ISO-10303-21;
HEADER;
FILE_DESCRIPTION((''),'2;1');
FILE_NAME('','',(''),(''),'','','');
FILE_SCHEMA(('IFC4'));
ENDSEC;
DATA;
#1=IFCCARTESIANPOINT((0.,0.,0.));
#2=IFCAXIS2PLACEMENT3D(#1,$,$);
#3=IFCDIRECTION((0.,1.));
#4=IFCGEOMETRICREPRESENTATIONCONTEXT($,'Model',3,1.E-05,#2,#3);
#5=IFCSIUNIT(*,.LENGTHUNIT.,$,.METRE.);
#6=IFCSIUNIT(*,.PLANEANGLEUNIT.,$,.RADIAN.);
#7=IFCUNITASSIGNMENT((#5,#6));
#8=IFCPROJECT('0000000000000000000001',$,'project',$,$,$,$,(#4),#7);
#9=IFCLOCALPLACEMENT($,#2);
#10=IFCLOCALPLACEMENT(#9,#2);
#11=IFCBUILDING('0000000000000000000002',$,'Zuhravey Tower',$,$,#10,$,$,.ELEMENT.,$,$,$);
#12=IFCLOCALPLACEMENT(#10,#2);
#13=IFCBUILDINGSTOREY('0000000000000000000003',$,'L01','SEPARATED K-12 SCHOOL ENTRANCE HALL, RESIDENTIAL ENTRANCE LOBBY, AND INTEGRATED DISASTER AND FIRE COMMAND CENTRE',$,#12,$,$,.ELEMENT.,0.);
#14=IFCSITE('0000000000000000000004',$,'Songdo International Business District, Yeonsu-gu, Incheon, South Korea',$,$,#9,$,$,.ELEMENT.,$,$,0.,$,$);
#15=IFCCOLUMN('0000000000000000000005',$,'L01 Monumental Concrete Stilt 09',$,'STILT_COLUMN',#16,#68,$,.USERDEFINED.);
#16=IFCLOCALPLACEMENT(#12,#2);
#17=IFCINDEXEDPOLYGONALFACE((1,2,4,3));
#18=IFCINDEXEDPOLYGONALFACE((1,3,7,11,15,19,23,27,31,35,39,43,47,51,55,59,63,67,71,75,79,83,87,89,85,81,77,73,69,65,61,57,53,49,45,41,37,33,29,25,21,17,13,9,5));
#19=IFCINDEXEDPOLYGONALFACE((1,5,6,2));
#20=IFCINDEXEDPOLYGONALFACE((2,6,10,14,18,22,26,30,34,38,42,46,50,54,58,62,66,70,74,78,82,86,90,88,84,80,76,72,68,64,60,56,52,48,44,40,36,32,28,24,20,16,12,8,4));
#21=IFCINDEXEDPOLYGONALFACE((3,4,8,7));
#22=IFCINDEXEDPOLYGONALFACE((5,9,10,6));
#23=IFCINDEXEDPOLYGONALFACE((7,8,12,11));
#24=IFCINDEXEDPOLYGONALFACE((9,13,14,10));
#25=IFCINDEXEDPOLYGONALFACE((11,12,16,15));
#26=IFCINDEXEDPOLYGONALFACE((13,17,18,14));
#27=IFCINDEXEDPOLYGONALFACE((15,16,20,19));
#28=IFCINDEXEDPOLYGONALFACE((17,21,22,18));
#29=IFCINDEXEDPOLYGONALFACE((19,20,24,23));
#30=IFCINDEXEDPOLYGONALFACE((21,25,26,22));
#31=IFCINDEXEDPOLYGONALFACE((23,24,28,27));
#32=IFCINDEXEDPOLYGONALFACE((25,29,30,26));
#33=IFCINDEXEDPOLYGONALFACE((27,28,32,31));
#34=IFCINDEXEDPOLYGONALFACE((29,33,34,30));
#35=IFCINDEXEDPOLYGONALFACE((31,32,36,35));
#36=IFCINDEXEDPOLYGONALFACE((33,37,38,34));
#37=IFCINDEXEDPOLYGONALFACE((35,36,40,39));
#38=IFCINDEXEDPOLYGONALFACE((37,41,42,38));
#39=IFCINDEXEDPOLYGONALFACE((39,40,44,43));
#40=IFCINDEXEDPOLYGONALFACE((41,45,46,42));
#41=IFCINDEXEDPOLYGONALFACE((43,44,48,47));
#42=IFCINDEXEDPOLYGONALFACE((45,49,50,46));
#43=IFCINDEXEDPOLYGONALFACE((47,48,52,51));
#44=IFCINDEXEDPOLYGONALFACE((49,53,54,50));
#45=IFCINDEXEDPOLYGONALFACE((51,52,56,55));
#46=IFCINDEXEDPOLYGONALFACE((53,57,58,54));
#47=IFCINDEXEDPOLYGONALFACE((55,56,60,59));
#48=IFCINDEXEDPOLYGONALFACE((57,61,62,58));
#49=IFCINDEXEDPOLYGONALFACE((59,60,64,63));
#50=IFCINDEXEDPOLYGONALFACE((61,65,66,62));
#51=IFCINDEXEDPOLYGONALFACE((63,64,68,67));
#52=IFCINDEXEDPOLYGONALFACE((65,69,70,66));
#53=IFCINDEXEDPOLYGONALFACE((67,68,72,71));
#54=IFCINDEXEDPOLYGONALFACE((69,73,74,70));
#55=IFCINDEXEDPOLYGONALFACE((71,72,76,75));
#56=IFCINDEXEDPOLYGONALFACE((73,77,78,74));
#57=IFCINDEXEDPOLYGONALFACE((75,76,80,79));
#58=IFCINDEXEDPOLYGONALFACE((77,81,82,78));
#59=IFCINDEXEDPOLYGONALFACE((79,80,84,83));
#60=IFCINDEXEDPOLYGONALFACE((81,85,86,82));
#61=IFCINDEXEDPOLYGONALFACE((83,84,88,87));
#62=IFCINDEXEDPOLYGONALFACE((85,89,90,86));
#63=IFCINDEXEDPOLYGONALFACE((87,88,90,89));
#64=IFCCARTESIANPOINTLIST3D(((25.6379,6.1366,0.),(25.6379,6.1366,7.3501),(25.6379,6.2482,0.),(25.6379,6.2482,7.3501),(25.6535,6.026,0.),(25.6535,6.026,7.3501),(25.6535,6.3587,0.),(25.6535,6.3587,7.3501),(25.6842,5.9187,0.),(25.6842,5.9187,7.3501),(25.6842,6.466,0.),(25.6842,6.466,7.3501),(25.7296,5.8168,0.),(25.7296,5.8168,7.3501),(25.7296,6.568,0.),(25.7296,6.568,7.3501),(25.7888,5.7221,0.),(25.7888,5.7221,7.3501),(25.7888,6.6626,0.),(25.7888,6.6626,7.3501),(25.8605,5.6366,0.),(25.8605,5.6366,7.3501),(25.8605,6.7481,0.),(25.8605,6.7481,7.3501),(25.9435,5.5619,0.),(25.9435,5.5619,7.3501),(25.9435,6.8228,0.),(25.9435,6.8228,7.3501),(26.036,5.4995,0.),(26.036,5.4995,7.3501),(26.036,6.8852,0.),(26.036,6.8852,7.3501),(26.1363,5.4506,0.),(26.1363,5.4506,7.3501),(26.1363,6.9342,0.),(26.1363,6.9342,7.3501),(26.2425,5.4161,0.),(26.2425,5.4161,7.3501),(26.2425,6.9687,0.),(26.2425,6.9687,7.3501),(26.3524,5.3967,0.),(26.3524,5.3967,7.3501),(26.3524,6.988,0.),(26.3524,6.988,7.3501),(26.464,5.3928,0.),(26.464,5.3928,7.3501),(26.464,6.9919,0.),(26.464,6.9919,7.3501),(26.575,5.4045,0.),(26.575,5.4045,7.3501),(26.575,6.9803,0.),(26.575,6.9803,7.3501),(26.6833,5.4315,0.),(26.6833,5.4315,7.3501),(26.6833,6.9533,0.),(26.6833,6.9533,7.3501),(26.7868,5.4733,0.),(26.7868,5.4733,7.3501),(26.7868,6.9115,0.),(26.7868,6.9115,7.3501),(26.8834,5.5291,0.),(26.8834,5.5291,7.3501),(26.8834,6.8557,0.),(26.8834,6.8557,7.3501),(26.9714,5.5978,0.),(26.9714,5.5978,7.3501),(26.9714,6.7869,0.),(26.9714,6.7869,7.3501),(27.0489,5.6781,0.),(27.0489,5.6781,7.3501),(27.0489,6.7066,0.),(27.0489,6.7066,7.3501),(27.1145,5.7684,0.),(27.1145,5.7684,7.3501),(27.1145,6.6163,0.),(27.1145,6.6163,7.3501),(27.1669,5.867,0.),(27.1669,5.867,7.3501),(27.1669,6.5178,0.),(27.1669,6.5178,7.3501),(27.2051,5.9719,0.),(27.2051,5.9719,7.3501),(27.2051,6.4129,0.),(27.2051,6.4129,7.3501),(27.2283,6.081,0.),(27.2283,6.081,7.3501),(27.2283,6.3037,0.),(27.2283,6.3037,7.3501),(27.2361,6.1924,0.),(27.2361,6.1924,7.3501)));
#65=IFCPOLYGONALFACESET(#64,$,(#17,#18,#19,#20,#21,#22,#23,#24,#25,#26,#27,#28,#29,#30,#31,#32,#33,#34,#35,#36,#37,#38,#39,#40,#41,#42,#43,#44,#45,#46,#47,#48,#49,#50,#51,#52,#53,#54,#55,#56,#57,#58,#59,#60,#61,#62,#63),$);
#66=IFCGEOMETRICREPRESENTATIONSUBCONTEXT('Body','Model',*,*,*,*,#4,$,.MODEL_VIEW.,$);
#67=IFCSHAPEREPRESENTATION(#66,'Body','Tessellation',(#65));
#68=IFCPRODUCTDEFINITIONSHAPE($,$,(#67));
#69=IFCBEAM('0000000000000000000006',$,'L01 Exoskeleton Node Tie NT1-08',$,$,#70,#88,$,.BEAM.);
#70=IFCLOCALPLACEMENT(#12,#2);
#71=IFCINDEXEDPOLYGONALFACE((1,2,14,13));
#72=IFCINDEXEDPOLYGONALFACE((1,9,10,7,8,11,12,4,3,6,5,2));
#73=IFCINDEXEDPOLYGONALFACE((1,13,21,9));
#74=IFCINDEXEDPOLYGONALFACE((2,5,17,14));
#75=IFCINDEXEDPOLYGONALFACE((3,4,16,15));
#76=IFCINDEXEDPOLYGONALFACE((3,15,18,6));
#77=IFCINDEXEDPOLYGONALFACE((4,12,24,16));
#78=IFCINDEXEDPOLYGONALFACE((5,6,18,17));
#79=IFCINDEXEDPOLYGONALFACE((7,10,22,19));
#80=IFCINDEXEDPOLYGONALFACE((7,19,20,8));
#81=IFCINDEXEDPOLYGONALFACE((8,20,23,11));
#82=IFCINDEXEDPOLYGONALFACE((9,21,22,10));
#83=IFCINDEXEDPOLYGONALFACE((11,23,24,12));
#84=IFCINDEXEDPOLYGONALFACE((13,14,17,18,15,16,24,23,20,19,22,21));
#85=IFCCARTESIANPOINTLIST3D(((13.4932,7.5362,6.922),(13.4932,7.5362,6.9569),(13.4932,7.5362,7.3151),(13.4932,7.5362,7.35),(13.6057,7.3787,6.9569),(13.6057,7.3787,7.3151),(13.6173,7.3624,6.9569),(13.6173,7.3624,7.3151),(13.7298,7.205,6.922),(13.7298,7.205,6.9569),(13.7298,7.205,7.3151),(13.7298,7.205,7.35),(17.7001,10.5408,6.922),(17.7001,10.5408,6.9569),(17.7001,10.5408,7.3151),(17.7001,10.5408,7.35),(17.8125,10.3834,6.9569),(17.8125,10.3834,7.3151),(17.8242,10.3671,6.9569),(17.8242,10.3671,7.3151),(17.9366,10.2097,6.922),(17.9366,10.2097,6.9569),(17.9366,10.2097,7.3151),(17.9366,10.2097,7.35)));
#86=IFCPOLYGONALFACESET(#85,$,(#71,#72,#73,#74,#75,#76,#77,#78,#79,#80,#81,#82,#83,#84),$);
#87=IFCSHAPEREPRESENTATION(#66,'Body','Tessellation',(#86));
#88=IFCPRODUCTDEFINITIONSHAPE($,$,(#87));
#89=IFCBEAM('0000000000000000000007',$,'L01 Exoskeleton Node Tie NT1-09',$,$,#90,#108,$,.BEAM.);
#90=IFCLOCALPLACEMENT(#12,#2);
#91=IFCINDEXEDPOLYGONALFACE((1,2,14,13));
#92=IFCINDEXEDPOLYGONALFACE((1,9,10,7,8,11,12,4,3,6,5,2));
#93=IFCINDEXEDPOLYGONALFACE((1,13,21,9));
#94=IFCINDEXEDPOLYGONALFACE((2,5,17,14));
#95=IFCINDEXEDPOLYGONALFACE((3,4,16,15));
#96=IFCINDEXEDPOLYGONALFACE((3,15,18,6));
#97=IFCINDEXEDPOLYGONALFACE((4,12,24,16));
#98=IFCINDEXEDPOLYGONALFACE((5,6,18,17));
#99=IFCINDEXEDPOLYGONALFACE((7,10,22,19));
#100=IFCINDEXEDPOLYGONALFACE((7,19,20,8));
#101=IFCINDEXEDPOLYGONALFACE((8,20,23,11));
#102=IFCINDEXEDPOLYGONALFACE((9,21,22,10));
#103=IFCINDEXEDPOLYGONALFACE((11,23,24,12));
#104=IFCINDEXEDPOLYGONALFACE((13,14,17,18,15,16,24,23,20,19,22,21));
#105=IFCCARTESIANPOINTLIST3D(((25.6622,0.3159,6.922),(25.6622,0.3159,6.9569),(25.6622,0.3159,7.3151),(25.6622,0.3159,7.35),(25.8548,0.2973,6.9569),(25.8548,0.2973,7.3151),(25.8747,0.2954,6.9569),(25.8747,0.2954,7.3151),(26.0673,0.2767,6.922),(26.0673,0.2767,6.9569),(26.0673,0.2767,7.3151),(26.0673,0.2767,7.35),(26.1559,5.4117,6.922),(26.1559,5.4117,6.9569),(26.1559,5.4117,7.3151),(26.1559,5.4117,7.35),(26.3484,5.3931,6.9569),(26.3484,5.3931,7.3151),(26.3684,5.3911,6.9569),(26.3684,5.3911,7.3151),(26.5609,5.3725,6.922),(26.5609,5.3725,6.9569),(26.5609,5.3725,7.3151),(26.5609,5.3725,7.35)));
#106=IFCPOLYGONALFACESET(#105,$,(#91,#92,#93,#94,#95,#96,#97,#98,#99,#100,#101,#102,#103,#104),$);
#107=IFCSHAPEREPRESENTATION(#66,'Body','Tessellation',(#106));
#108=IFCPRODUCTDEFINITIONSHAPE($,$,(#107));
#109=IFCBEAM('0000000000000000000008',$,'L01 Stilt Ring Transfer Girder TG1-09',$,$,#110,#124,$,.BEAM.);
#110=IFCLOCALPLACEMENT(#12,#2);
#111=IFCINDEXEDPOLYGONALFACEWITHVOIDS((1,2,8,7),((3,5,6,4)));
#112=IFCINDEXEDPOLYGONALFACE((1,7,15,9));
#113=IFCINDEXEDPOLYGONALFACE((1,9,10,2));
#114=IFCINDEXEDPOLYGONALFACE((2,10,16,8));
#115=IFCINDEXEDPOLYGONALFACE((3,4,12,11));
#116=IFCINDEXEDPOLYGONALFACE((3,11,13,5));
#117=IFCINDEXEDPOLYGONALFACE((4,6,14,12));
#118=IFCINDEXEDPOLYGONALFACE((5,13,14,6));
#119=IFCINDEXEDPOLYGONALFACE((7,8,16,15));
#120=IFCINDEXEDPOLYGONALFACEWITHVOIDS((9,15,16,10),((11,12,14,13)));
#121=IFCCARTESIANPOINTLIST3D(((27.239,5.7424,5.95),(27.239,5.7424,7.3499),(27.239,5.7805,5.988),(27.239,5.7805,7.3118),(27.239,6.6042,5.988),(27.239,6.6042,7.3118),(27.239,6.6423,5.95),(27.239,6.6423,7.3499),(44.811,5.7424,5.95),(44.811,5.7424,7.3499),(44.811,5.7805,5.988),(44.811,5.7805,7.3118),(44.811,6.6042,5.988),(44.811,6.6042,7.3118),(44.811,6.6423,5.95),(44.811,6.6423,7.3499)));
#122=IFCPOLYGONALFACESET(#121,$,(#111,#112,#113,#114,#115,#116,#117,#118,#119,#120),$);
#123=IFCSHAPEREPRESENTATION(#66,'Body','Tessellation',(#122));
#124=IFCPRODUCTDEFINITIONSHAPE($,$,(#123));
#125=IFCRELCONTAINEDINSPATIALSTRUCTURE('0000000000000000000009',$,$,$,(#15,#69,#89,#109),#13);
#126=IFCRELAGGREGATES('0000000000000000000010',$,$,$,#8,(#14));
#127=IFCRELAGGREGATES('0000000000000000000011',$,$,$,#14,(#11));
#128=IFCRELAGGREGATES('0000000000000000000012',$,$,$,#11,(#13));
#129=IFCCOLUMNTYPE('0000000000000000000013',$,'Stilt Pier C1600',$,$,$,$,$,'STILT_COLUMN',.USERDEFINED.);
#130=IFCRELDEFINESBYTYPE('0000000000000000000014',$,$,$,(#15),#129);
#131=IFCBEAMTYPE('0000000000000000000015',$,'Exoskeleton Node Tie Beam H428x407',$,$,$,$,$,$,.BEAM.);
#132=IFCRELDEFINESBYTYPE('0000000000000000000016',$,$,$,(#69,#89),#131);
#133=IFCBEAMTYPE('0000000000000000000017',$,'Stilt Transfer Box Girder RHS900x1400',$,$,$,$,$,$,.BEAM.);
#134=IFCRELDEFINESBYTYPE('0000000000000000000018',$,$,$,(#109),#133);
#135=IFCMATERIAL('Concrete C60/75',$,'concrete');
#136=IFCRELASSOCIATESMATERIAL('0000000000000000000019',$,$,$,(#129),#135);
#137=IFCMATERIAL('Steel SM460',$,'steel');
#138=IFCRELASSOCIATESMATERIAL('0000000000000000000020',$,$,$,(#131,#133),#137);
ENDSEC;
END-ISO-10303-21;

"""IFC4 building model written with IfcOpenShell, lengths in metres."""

from ifc_helpers import new_model, si_unit, direction, frame, origin, origin_2d, place, context, subcontext, project, spatial, hollow_rectangle, circle, i_section, extrude, material, material_profile, profile_set, type_object, element, save


model = new_model("IFC4")

# Units and contexts
model_context = context("Model", 3, precision=1e-05, world=origin(), true_north=direction((0.0, 1.0)))
body_context = subcontext(model_context, "Body", "Model", "MODEL_VIEW")
ifc_project = project(units=[si_unit("LENGTHUNIT", "METRE"), si_unit("PLANEANGLEUNIT", "RADIAN")], contexts=[model_context])

# Site, building, storey
site_placement = place(None, origin())
site = spatial("IfcSite", under=ifc_project, at=site_placement, Name="Songdo International Business District, Yeonsu-gu, Incheon, South Korea", CompositionType="ELEMENT", RefElevation=0.0)
building_placement = place(site_placement, origin())
building = spatial("IfcBuilding", under=site, at=building_placement, Name="Zuhravey Tower", CompositionType="ELEMENT")
storey_placement = place(building_placement, origin())
storey = spatial("IfcBuildingStorey", under=building, at=storey_placement, Name="L01", Description="SEPARATED K-12 SCHOOL ENTRANCE HALL, RESIDENTIAL ENTRANCE LOBBY, AND INTEGRATED DISASTER AND FIRE COMMAND CENTRE", CompositionType="ELEMENT", Elevation=0.0)

# Column
ifc_material_1 = material(Name="Concrete C60/75", Category="concrete")
ifc_material_profile_1 = material_profile(ifc_material_1, circle(Radius=0.8, at=origin_2d()), Name="RC-CIRC-1600")
ifc_profile_set_1 = profile_set([ifc_material_profile_1], Name="Concrete C60/75")
column_type_1 = type_object("IfcColumnType", Name="Stilt Pier C1600", ElementType="STILT_COLUMN", PredefinedType="USERDEFINED", material=ifc_profile_set_1)
column_placement = place(storey_placement, frame((26.436, 6.1924, 0.0), z_axis=(0.0, 0.0, 1.0), x_axis=(1.0, 0.0, 0.0)))
element("IfcColumn", 1, at=column_placement, inside=storey, type_object=column_type_1, Name="L01 Monumental Concrete Stilt 09", ObjectType="STILT_COLUMN", PredefinedType="USERDEFINED", context=body_context, shape_type="SweptSolid", body=[
    extrude(circle(Radius=0.8, at=origin_2d()), origin(), (0.0, 0.0, 1.0), 7.3501),
])

# Beams
ifc_material_2 = material(Name="Steel SM460", Category="steel")
ifc_material_profile_2 = material_profile(ifc_material_2, i_section(OverallWidth=0.407, OverallDepth=0.428, WebThickness=0.02, FlangeThickness=0.0349, at=origin_2d()), Name="H-428x407x20x35")
ifc_profile_set_2 = profile_set([ifc_material_profile_2], Name="Steel SM460")
beam_type_1 = type_object("IfcBeamType", Name="Exoskeleton Node Tie Beam H428x407", PredefinedType="BEAM", material=ifc_profile_set_2)
beam_1_placement = place(storey_placement, frame((17.8184, 10.3752, 7.136), z_axis=(-0.813753, -0.581211, 0.0), x_axis=(0.581211, -0.813753, 0.0)))
element("IfcBeam", 2, at=beam_1_placement, inside=storey, type_object=beam_type_1, Name="L01 Exoskeleton Node Tie NT1-08", PredefinedType="BEAM", context=body_context, shape_type="SweptSolid", body=[
    extrude(i_section(OverallWidth=0.407, OverallDepth=0.428, WebThickness=0.02, FlangeThickness=0.0349, at=origin_2d()), origin(), (0.0, 0.0, 1.0), 5.1697),
])
beam_2_placement = place(storey_placement, frame((26.3584, 5.3921, 7.136), z_axis=(-0.096425, -0.99534, 0.0), x_axis=(0.99534, -0.096425, 0.0)))
element("IfcBeam", 3, at=beam_2_placement, inside=storey, type_object=beam_type_1, Name="L01 Exoskeleton Node Tie NT1-09", PredefinedType="BEAM", context=body_context, shape_type="SweptSolid", body=[
    extrude(i_section(OverallWidth=0.407, OverallDepth=0.428, WebThickness=0.02, FlangeThickness=0.0349, at=origin_2d()), origin(), (0.0, 0.0, 1.0), 5.1196),
])
ifc_material_profile_3 = material_profile(ifc_material_2, hollow_rectangle(XDim=0.8999, YDim=1.3999, WallThickness=0.0381, at=origin_2d()), Name="RHS-900x1400x38")
ifc_profile_set_3 = profile_set([ifc_material_profile_3], Name="Steel SM460")
beam_type_2 = type_object("IfcBeamType", Name="Stilt Transfer Box Girder RHS900x1400", PredefinedType="BEAM", material=ifc_profile_set_3)
beam_3_placement = place(storey_placement, frame((27.239, 6.1924, 6.6499), z_axis=(1.0, 0.0, 0.0), x_axis=(0.0, 1.0, 0.0)))
element("IfcBeam", 4, at=beam_3_placement, inside=storey, type_object=beam_type_2, Name="L01 Stilt Ring Transfer Girder TG1-09", PredefinedType="BEAM", context=body_context, shape_type="SweptSolid", body=[
    extrude(hollow_rectangle(XDim=0.8999, YDim=1.3999, WallThickness=0.0381, at=origin_2d()), origin(), (0.0, 0.0, 1.0), 17.572),
])

save(model, "model.ifc")
